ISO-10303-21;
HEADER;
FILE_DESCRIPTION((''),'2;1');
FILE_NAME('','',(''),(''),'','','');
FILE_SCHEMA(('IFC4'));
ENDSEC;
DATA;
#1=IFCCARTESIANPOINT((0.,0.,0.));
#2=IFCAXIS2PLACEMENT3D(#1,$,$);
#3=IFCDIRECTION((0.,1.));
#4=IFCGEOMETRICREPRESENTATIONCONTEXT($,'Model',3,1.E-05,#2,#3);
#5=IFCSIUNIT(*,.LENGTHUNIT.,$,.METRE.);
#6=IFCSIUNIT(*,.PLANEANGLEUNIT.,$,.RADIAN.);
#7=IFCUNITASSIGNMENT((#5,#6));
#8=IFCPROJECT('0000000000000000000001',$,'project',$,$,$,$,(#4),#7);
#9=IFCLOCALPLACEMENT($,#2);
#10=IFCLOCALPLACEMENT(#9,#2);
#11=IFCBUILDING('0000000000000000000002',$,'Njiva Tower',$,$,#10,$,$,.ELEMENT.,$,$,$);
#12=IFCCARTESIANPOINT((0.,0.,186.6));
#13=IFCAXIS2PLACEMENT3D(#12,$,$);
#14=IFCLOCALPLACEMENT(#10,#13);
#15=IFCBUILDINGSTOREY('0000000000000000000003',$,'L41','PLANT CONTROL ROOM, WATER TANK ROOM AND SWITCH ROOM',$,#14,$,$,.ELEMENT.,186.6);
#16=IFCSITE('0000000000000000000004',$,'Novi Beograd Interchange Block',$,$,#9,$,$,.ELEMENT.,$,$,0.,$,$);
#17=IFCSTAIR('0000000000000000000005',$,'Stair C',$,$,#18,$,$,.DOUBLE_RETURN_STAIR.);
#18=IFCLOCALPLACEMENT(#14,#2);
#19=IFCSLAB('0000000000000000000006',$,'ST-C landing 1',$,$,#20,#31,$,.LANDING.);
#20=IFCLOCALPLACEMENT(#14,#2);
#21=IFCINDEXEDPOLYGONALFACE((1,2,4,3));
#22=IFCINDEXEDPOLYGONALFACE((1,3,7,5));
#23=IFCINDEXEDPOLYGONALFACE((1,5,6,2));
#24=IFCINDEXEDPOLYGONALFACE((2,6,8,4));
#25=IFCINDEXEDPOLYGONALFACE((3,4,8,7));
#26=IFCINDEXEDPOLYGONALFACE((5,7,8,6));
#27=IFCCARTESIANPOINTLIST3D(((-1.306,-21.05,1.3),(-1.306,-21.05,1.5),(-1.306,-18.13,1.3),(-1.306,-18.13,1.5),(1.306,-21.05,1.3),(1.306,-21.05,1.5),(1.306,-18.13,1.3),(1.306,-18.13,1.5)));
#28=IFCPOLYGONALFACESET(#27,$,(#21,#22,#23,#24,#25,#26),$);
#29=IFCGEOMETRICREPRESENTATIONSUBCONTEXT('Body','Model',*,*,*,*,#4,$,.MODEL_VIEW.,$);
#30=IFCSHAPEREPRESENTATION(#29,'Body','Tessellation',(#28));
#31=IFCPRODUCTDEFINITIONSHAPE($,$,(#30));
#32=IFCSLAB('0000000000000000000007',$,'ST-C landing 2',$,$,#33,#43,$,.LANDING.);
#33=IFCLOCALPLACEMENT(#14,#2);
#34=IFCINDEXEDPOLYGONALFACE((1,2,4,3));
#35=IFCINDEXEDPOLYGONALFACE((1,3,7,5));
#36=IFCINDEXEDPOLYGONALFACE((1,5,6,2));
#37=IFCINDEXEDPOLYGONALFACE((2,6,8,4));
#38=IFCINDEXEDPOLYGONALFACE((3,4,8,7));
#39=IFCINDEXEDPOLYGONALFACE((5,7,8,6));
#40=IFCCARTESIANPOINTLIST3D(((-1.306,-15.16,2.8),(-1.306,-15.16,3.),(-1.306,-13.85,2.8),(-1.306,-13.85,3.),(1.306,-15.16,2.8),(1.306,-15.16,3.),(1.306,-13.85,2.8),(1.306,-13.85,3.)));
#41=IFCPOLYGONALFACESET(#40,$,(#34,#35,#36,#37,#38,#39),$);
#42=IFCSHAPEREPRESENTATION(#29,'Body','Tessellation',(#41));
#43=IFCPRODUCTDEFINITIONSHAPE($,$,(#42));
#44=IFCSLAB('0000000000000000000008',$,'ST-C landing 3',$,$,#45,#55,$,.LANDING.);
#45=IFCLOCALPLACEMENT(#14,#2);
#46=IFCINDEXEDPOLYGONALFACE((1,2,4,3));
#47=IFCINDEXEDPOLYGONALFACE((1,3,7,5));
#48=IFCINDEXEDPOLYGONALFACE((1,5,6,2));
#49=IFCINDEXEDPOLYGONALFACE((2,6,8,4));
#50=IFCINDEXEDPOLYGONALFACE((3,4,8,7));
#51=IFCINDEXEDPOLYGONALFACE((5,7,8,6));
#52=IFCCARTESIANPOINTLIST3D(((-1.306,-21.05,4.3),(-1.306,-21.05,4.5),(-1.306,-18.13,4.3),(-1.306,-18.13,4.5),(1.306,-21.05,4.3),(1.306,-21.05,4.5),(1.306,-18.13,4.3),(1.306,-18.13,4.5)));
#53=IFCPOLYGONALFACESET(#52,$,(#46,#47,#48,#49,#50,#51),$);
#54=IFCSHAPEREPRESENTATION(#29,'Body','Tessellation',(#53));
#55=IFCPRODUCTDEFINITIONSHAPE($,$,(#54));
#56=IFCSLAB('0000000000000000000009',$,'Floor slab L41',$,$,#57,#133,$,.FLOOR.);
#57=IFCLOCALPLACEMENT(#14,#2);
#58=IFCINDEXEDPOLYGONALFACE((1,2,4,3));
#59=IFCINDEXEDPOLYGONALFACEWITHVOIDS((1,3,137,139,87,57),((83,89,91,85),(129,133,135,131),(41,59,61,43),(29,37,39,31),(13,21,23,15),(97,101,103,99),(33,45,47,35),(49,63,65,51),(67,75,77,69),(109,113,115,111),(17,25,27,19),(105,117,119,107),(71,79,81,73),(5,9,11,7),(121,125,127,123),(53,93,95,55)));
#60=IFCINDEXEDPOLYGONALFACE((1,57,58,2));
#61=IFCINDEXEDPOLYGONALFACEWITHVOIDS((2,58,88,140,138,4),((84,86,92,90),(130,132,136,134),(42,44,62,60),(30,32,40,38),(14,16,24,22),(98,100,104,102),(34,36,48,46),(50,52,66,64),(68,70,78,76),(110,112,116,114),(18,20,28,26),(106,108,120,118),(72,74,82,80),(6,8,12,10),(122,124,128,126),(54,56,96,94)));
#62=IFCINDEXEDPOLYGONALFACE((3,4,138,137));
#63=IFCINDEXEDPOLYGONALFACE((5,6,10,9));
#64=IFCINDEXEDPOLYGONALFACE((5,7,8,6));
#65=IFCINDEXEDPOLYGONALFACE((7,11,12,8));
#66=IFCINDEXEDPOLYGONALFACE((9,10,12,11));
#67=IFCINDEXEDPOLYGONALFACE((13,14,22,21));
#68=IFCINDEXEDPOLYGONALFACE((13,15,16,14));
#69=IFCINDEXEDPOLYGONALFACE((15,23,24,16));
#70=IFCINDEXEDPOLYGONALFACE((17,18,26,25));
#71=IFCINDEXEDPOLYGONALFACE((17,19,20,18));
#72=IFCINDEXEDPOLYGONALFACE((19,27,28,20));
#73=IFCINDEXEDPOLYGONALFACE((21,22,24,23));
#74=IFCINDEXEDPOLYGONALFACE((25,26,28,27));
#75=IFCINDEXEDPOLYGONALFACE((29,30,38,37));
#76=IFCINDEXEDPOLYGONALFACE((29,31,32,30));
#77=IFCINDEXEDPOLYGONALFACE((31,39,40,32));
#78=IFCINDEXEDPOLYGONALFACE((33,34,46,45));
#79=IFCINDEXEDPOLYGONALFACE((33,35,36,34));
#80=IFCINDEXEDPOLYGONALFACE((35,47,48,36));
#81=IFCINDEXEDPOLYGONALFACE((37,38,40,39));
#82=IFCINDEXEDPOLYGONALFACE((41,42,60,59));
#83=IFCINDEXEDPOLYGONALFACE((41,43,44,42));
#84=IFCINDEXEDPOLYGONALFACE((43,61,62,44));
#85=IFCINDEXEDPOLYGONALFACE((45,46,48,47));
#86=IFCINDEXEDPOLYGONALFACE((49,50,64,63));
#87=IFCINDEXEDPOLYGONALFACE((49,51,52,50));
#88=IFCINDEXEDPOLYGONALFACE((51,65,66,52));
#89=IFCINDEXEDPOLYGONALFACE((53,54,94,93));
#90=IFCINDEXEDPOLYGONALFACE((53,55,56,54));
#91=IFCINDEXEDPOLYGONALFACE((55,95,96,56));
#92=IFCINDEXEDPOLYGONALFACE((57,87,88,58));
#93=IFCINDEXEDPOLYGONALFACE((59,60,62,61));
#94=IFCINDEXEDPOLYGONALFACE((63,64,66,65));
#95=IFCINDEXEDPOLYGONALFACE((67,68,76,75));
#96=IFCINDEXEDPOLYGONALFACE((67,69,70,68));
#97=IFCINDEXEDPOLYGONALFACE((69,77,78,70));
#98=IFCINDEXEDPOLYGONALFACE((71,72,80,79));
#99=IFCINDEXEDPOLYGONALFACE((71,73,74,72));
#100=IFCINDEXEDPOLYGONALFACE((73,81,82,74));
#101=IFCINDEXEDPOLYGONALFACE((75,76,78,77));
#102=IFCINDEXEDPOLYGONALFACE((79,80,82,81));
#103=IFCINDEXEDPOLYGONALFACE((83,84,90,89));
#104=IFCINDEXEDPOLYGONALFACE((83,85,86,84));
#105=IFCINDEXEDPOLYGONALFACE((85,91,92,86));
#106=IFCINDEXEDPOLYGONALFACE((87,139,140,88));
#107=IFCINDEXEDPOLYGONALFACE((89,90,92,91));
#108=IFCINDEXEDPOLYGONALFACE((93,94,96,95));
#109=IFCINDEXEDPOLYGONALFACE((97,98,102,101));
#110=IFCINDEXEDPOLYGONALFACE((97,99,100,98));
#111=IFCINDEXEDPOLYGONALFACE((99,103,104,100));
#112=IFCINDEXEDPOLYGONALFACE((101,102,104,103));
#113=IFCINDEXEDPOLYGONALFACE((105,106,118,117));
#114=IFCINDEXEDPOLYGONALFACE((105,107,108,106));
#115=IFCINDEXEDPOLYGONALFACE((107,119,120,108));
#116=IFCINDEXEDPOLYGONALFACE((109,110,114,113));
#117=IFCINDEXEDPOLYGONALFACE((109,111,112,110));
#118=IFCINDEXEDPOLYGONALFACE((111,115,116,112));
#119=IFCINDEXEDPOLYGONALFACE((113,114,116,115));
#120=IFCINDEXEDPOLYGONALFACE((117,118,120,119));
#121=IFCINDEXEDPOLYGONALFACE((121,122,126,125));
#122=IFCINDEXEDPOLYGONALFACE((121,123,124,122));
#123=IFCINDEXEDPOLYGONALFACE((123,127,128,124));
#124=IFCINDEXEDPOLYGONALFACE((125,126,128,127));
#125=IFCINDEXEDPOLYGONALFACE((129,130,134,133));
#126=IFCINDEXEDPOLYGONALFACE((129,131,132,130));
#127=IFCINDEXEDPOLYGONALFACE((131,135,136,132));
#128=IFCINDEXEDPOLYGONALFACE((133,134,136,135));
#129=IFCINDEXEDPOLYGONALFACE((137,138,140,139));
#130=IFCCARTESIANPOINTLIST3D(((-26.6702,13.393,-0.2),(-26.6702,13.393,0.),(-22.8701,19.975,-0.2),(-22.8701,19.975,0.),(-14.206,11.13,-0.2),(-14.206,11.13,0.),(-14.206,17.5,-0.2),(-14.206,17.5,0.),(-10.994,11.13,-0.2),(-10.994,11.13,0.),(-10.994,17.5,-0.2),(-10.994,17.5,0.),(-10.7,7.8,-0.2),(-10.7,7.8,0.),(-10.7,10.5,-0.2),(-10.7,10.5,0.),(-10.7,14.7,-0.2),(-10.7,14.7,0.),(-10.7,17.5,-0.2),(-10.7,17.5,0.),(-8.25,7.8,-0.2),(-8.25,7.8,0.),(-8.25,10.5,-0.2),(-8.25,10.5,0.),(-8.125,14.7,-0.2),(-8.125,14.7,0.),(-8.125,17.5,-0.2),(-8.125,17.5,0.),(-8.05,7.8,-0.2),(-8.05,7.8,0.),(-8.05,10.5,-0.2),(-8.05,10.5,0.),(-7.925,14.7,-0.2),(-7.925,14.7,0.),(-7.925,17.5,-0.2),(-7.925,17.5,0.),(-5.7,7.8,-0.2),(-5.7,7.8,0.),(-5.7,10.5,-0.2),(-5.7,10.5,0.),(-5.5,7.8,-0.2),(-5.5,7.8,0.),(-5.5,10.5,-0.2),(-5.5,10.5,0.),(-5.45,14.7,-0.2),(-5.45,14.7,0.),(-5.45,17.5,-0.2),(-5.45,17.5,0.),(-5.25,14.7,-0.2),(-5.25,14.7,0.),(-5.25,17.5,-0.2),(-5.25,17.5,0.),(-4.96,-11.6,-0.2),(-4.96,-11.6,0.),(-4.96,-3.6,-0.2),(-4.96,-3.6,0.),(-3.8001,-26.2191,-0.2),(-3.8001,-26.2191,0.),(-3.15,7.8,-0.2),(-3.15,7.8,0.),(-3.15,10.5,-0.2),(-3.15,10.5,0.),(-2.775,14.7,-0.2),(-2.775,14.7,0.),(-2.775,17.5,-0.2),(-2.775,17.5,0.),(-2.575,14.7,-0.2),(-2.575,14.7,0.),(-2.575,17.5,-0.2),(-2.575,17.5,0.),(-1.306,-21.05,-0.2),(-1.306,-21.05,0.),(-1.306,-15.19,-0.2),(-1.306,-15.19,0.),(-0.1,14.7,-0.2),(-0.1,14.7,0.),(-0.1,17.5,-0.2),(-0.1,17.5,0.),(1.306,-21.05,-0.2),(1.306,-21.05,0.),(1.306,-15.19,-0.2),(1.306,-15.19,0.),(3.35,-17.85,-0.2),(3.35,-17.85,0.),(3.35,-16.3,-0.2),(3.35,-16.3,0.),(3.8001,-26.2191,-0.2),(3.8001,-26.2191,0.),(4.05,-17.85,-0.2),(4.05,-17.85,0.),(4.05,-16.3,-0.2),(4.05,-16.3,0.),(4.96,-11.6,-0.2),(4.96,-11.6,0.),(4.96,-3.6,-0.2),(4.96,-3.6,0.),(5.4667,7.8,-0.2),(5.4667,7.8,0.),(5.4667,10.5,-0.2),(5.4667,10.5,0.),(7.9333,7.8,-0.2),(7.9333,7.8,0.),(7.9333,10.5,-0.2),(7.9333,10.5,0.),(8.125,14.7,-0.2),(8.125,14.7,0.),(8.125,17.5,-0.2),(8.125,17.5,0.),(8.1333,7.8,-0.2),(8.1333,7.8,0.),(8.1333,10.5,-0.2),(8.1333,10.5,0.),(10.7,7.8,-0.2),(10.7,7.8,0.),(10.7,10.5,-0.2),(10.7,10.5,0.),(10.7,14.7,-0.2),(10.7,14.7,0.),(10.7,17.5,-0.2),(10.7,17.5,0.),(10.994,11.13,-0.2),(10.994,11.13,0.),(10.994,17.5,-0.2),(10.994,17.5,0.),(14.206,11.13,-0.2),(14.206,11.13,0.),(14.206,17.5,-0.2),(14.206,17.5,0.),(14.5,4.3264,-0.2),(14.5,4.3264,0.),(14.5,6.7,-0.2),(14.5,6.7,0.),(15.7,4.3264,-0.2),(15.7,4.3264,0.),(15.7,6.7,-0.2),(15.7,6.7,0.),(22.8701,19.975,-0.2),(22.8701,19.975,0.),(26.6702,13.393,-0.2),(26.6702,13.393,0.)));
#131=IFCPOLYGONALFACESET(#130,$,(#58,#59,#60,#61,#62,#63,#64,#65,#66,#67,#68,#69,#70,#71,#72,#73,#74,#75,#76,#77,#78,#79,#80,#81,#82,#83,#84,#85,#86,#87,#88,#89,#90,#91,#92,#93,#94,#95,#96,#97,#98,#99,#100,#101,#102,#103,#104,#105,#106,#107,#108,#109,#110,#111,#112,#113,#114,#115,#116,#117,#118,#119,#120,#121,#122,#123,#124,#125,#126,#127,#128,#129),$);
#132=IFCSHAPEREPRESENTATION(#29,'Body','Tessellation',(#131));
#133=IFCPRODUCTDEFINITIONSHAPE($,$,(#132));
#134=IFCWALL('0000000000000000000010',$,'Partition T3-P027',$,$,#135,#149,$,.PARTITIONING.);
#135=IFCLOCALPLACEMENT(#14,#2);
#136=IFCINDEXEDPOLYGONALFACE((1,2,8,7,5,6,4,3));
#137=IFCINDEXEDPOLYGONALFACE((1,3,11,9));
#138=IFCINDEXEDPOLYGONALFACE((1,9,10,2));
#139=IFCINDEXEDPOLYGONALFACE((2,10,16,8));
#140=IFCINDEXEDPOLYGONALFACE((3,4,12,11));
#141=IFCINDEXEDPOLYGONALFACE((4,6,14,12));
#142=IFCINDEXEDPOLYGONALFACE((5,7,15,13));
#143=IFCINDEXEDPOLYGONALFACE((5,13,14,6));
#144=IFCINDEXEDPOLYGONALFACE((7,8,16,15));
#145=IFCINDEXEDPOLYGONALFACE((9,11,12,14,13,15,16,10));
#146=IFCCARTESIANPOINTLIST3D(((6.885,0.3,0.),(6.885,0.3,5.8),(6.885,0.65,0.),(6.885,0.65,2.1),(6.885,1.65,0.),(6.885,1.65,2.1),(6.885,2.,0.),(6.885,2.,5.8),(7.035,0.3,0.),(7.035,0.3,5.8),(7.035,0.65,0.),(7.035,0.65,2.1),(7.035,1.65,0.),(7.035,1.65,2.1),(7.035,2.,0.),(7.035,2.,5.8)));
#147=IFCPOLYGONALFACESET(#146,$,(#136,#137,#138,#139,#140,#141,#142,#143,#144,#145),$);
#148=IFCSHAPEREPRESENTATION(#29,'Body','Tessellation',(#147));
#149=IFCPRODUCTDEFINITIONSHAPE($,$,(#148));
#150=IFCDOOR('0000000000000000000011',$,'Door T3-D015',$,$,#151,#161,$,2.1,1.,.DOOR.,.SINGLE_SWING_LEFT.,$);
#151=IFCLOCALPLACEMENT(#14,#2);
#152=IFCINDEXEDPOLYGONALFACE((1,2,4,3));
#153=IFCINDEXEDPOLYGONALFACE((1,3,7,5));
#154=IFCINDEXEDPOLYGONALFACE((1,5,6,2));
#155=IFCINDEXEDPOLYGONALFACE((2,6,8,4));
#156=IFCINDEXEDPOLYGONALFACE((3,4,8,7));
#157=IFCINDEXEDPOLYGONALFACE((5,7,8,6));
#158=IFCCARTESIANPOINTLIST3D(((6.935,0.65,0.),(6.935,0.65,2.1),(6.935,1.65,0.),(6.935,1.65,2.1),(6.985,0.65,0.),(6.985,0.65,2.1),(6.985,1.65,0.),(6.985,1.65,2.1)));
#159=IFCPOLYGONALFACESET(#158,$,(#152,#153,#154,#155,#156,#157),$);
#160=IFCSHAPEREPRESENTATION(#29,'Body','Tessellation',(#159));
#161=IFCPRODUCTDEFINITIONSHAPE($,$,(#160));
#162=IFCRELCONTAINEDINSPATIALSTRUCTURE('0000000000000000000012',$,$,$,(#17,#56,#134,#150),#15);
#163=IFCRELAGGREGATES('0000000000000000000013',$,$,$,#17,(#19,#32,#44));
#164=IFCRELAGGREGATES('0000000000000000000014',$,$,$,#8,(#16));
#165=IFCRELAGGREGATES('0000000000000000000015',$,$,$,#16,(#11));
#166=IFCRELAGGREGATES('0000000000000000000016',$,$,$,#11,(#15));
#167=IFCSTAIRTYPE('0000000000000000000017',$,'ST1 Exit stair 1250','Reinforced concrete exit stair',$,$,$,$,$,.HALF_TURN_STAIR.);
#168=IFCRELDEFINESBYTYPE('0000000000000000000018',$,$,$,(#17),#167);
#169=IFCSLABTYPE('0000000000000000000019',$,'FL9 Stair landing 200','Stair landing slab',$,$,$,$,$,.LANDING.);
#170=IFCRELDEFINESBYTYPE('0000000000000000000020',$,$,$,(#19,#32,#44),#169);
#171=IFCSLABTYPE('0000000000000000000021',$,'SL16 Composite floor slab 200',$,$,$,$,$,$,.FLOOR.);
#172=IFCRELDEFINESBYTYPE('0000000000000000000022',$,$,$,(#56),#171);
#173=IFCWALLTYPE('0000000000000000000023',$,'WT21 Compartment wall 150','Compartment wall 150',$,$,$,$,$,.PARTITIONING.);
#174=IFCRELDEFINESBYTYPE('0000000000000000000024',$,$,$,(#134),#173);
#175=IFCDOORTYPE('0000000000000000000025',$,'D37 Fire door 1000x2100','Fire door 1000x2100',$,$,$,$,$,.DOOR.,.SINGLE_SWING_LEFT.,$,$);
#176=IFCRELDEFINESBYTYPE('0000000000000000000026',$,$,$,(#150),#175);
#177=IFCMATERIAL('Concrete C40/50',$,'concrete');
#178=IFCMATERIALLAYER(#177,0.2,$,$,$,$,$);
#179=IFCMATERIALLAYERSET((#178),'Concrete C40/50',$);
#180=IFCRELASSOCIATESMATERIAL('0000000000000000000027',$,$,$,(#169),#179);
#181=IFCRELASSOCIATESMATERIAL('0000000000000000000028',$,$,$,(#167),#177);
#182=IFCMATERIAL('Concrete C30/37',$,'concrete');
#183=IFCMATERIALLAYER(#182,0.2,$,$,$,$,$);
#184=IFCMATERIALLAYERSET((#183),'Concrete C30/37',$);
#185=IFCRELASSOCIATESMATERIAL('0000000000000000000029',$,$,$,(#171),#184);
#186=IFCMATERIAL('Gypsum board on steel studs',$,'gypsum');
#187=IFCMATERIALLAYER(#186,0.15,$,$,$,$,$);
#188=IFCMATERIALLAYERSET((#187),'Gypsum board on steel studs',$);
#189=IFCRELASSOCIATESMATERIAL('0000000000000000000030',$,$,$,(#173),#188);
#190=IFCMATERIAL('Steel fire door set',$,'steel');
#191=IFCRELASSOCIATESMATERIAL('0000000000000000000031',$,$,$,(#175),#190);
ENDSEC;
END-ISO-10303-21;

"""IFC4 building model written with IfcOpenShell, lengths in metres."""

from ifc_helpers import new_model, si_unit, direction, frame, frame_2d, origin, place, context, subcontext, project, spatial, polyline, rectangle, outline, extrude, material, layer, layer_set, type_object, element, fill, aggregate, save


model = new_model("IFC4")

# Units and contexts
model_context = context("Model", 3, precision=1e-05, world=origin(), true_north=direction((0.0, 1.0)))
body_context = subcontext(model_context, "Body", "Model", "MODEL_VIEW")
ifc_project = project(units=[si_unit("LENGTHUNIT", "METRE"), si_unit("PLANEANGLEUNIT", "RADIAN")], contexts=[model_context])

# Site, building, storey
site_placement = place(None, origin())
site = spatial("IfcSite", under=ifc_project, at=site_placement, Name="Novi Beograd Interchange Block", CompositionType="ELEMENT", RefElevation=0.0)
building_placement = place(site_placement, origin())
building = spatial("IfcBuilding", under=site, at=building_placement, Name="Njiva Tower", CompositionType="ELEMENT")
storey_placement = place(building_placement, frame((0.0, 0.0, 186.6)))
storey = spatial("IfcBuildingStorey", under=building, at=storey_placement, Name="L41", Description="PLANT CONTROL ROOM, WATER TANK ROOM AND SWITCH ROOM", CompositionType="ELEMENT", Elevation=186.6)

# Stair, slabs
ifc_material_1 = material(Name="Concrete C40/50", Category="concrete")
ifc_layer_1 = layer(ifc_material_1, 0.2)
ifc_layer_set_1 = layer_set([ifc_layer_1], Name="Concrete C40/50")
slab_type_1 = type_object("IfcSlabType", Name="FL9 Stair landing 200", Description="Stair landing slab", PredefinedType="LANDING", material=ifc_layer_set_1)
stair_type_1 = type_object("IfcStairType", Name="ST1 Exit stair 1250", Description="Reinforced concrete exit stair", PredefinedType="HALF_TURN_STAIR", material=ifc_material_1)
stair_1_placement = place(storey_placement, origin())
stair_1 = element("IfcStair", 1, at=stair_1_placement, inside=storey, type_object=stair_type_1, Name="Stair C", PredefinedType="DOUBLE_RETURN_STAIR")
slab_1_placement = place(storey_placement, frame((0.0, 0.0, 1.3)))
slab_1 = element("IfcSlab", 2, at=slab_1_placement, type_object=slab_type_1, Name="ST-C landing 1", PredefinedType="LANDING", context=body_context, shape_type="SweptSolid", body=[
    extrude(outline(polyline([(-1.306, -21.05), (1.306, -21.05), (1.306, -18.13), (-1.306, -18.13), (-1.306, -21.05)])), origin(), (0.0, 0.0, 1.0), 0.2),
])
slab_2_placement = place(storey_placement, frame((0.0, 0.0, 2.8)))
slab_2 = element("IfcSlab", 3, at=slab_2_placement, type_object=slab_type_1, Name="ST-C landing 2", PredefinedType="LANDING", context=body_context, shape_type="SweptSolid", body=[
    extrude(outline(polyline([(-1.306, -15.16), (1.306, -15.16), (1.306, -13.85), (-1.306, -13.85), (-1.306, -15.16)])), origin(), (0.0, 0.0, 1.0), 0.2),
])
slab_3_placement = place(storey_placement, frame((0.0, 0.0, 4.3)))
slab_3 = element("IfcSlab", 4, at=slab_3_placement, type_object=slab_type_1, Name="ST-C landing 3", PredefinedType="LANDING", context=body_context, shape_type="SweptSolid", body=[
    extrude(outline(polyline([(-1.306, -21.05), (1.306, -21.05), (1.306, -18.13), (-1.306, -18.13), (-1.306, -21.05)])), origin(), (0.0, 0.0, 1.0), 0.2),
])
aggregate(stair_1, [slab_1, slab_2, slab_3])

# Slab
ifc_material_2 = material(Name="Concrete C30/37", Category="concrete")
ifc_layer_2 = layer(ifc_material_2, 0.2)
ifc_layer_set_2 = layer_set([ifc_layer_2], Name="Concrete C30/37")
slab_type_2 = type_object("IfcSlabType", Name="SL16 Composite floor slab 200", PredefinedType="FLOOR", material=ifc_layer_set_2)
slab_4_placement = place(storey_placement, frame((0.0, 0.0, -0.2)))
element("IfcSlab", 5, at=slab_4_placement, inside=storey, type_object=slab_type_2, Name="Floor slab L41", PredefinedType="FLOOR", context=body_context, shape_type="SweptSolid", body=[
    extrude(outline(polyline([(26.6702, 13.393), (3.8001, -26.2191), (-3.8001, -26.2191), (-26.6702, 13.393), (-22.8701, 19.975), (22.8701, 19.975), (26.6702, 13.393)]), holes=[polyline([(14.5, 4.3264), (15.7, 4.3264), (15.7, 6.7), (14.5, 6.7), (14.5, 4.3264)]), polyline([(10.994, 11.13), (14.206, 11.13), (14.206, 17.5), (10.994, 17.5), (10.994, 11.13)]), polyline([(8.125, 14.7), (10.7, 14.7), (10.7, 17.5), (8.125, 17.5), (8.125, 14.7)]), polyline([(8.1333, 7.8), (10.7, 7.8), (10.7, 10.5), (8.1333, 10.5), (8.1333, 7.8)]), polyline([(5.4667, 7.8), (7.9333, 7.8), (7.9333, 10.5), (5.4667, 10.5), (5.4667, 7.8)]), polyline([(4.96, -11.6), (4.96, -3.6), (-4.96, -3.6), (-4.96, -11.6), (4.96, -11.6)]), polyline([(3.35, -17.85), (4.05, -17.85), (4.05, -16.3), (3.35, -16.3), (3.35, -17.85)]), polyline([(-1.306, -21.05), (1.306, -21.05), (1.306, -15.19), (-1.306, -15.19), (-1.306, -21.05)]), polyline([(-2.575, 14.7), (-0.1, 14.7), (-0.1, 17.5), (-2.575, 17.5), (-2.575, 14.7)]), polyline([(-5.25, 14.7), (-2.775, 14.7), (-2.775, 17.5), (-5.25, 17.5), (-5.25, 14.7)]), polyline([(-5.5, 7.8), (-3.15, 7.8), (-3.15, 10.5), (-5.5, 10.5), (-5.5, 7.8)]), polyline([(-7.925, 14.7), (-5.45, 14.7), (-5.45, 17.5), (-7.925, 17.5), (-7.925, 14.7)]), polyline([(-8.05, 7.8), (-5.7, 7.8), (-5.7, 10.5), (-8.05, 10.5), (-8.05, 7.8)]), polyline([(-10.7, 14.7), (-8.125, 14.7), (-8.125, 17.5), (-10.7, 17.5), (-10.7, 14.7)]), polyline([(-10.7, 7.8), (-8.25, 7.8), (-8.25, 10.5), (-10.7, 10.5), (-10.7, 7.8)]), polyline([(-14.206, 11.13), (-10.994, 11.13), (-10.994, 17.5), (-14.206, 17.5), (-14.206, 11.13)])]), origin(), (0.0, 0.0, 1.0), 0.2),
])

# Wall, opening, door
ifc_material_3 = material(Name="Gypsum board on steel studs", Category="gypsum")
ifc_layer_3 = layer(ifc_material_3, 0.15)
ifc_layer_set_3 = layer_set([ifc_layer_3], Name="Gypsum board on steel studs")
wall_type_1 = type_object("IfcWallType", Name="WT21 Compartment wall 150", Description="Compartment wall 150", PredefinedType="PARTITIONING", material=ifc_layer_set_3)
wall_1_placement = place(storey_placement, frame((6.96, 0.3, 0.0), z_axis=(0.0, 0.0, 1.0), x_axis=(0.0, 1.0, 0.0)))
wall_1 = element("IfcWall", 6, at=wall_1_placement, inside=storey, type_object=wall_type_1, Name="Partition T3-P027", PredefinedType="PARTITIONING", context=body_context, shape_type="SweptSolid", body=[
    extrude(rectangle(XDim=1.7, YDim=0.15, at=frame_2d((0.85, 0.0))), origin(), (0.0, 0.0, 1.0), 5.8),
])
opening_1_placement = place(wall_1_placement, frame((0.35, 0.0, 0.0)))
opening_1 = element("IfcOpeningElement", 7, at=opening_1_placement, cuts=wall_1, PredefinedType="OPENING", context=body_context, shape_type="SweptSolid", body=[
    extrude(rectangle(XDim=1.0, YDim=2.1, at=frame_2d((0.5, 1.05))), frame((0.0, 0.085, 0.0), z_axis=(0.0, -1.0, 0.0), x_axis=(1.0, 0.0, 0.0)), (0.0, 0.0, 1.0), 0.17),
])
ifc_material_4 = material(Name="Steel fire door set", Category="steel")
door_type_1 = type_object("IfcDoorType", Name="D37 Fire door 1000x2100", Description="Fire door 1000x2100", OperationType="SINGLE_SWING_LEFT", PredefinedType="DOOR", material=ifc_material_4)
door_1_placement = place(opening_1_placement, origin())
door_1 = element("IfcDoor", 8, at=door_1_placement, inside=storey, type_object=door_type_1, Name="Door T3-D015", OperationType="SINGLE_SWING_LEFT", OverallHeight=2.1, OverallWidth=1.0, PredefinedType="DOOR", context=body_context, shape_type="SweptSolid", body=[
    extrude(rectangle(XDim=1.0, YDim=2.1, at=frame_2d((0.5, 1.05))), frame((0.0, 0.025, 0.0), z_axis=(0.0, -1.0, 0.0), x_axis=(1.0, 0.0, 0.0)), (0.0, 0.0, 1.0), 0.05),
])
fill(opening_1, door_1)

save(model, "model.ifc")
